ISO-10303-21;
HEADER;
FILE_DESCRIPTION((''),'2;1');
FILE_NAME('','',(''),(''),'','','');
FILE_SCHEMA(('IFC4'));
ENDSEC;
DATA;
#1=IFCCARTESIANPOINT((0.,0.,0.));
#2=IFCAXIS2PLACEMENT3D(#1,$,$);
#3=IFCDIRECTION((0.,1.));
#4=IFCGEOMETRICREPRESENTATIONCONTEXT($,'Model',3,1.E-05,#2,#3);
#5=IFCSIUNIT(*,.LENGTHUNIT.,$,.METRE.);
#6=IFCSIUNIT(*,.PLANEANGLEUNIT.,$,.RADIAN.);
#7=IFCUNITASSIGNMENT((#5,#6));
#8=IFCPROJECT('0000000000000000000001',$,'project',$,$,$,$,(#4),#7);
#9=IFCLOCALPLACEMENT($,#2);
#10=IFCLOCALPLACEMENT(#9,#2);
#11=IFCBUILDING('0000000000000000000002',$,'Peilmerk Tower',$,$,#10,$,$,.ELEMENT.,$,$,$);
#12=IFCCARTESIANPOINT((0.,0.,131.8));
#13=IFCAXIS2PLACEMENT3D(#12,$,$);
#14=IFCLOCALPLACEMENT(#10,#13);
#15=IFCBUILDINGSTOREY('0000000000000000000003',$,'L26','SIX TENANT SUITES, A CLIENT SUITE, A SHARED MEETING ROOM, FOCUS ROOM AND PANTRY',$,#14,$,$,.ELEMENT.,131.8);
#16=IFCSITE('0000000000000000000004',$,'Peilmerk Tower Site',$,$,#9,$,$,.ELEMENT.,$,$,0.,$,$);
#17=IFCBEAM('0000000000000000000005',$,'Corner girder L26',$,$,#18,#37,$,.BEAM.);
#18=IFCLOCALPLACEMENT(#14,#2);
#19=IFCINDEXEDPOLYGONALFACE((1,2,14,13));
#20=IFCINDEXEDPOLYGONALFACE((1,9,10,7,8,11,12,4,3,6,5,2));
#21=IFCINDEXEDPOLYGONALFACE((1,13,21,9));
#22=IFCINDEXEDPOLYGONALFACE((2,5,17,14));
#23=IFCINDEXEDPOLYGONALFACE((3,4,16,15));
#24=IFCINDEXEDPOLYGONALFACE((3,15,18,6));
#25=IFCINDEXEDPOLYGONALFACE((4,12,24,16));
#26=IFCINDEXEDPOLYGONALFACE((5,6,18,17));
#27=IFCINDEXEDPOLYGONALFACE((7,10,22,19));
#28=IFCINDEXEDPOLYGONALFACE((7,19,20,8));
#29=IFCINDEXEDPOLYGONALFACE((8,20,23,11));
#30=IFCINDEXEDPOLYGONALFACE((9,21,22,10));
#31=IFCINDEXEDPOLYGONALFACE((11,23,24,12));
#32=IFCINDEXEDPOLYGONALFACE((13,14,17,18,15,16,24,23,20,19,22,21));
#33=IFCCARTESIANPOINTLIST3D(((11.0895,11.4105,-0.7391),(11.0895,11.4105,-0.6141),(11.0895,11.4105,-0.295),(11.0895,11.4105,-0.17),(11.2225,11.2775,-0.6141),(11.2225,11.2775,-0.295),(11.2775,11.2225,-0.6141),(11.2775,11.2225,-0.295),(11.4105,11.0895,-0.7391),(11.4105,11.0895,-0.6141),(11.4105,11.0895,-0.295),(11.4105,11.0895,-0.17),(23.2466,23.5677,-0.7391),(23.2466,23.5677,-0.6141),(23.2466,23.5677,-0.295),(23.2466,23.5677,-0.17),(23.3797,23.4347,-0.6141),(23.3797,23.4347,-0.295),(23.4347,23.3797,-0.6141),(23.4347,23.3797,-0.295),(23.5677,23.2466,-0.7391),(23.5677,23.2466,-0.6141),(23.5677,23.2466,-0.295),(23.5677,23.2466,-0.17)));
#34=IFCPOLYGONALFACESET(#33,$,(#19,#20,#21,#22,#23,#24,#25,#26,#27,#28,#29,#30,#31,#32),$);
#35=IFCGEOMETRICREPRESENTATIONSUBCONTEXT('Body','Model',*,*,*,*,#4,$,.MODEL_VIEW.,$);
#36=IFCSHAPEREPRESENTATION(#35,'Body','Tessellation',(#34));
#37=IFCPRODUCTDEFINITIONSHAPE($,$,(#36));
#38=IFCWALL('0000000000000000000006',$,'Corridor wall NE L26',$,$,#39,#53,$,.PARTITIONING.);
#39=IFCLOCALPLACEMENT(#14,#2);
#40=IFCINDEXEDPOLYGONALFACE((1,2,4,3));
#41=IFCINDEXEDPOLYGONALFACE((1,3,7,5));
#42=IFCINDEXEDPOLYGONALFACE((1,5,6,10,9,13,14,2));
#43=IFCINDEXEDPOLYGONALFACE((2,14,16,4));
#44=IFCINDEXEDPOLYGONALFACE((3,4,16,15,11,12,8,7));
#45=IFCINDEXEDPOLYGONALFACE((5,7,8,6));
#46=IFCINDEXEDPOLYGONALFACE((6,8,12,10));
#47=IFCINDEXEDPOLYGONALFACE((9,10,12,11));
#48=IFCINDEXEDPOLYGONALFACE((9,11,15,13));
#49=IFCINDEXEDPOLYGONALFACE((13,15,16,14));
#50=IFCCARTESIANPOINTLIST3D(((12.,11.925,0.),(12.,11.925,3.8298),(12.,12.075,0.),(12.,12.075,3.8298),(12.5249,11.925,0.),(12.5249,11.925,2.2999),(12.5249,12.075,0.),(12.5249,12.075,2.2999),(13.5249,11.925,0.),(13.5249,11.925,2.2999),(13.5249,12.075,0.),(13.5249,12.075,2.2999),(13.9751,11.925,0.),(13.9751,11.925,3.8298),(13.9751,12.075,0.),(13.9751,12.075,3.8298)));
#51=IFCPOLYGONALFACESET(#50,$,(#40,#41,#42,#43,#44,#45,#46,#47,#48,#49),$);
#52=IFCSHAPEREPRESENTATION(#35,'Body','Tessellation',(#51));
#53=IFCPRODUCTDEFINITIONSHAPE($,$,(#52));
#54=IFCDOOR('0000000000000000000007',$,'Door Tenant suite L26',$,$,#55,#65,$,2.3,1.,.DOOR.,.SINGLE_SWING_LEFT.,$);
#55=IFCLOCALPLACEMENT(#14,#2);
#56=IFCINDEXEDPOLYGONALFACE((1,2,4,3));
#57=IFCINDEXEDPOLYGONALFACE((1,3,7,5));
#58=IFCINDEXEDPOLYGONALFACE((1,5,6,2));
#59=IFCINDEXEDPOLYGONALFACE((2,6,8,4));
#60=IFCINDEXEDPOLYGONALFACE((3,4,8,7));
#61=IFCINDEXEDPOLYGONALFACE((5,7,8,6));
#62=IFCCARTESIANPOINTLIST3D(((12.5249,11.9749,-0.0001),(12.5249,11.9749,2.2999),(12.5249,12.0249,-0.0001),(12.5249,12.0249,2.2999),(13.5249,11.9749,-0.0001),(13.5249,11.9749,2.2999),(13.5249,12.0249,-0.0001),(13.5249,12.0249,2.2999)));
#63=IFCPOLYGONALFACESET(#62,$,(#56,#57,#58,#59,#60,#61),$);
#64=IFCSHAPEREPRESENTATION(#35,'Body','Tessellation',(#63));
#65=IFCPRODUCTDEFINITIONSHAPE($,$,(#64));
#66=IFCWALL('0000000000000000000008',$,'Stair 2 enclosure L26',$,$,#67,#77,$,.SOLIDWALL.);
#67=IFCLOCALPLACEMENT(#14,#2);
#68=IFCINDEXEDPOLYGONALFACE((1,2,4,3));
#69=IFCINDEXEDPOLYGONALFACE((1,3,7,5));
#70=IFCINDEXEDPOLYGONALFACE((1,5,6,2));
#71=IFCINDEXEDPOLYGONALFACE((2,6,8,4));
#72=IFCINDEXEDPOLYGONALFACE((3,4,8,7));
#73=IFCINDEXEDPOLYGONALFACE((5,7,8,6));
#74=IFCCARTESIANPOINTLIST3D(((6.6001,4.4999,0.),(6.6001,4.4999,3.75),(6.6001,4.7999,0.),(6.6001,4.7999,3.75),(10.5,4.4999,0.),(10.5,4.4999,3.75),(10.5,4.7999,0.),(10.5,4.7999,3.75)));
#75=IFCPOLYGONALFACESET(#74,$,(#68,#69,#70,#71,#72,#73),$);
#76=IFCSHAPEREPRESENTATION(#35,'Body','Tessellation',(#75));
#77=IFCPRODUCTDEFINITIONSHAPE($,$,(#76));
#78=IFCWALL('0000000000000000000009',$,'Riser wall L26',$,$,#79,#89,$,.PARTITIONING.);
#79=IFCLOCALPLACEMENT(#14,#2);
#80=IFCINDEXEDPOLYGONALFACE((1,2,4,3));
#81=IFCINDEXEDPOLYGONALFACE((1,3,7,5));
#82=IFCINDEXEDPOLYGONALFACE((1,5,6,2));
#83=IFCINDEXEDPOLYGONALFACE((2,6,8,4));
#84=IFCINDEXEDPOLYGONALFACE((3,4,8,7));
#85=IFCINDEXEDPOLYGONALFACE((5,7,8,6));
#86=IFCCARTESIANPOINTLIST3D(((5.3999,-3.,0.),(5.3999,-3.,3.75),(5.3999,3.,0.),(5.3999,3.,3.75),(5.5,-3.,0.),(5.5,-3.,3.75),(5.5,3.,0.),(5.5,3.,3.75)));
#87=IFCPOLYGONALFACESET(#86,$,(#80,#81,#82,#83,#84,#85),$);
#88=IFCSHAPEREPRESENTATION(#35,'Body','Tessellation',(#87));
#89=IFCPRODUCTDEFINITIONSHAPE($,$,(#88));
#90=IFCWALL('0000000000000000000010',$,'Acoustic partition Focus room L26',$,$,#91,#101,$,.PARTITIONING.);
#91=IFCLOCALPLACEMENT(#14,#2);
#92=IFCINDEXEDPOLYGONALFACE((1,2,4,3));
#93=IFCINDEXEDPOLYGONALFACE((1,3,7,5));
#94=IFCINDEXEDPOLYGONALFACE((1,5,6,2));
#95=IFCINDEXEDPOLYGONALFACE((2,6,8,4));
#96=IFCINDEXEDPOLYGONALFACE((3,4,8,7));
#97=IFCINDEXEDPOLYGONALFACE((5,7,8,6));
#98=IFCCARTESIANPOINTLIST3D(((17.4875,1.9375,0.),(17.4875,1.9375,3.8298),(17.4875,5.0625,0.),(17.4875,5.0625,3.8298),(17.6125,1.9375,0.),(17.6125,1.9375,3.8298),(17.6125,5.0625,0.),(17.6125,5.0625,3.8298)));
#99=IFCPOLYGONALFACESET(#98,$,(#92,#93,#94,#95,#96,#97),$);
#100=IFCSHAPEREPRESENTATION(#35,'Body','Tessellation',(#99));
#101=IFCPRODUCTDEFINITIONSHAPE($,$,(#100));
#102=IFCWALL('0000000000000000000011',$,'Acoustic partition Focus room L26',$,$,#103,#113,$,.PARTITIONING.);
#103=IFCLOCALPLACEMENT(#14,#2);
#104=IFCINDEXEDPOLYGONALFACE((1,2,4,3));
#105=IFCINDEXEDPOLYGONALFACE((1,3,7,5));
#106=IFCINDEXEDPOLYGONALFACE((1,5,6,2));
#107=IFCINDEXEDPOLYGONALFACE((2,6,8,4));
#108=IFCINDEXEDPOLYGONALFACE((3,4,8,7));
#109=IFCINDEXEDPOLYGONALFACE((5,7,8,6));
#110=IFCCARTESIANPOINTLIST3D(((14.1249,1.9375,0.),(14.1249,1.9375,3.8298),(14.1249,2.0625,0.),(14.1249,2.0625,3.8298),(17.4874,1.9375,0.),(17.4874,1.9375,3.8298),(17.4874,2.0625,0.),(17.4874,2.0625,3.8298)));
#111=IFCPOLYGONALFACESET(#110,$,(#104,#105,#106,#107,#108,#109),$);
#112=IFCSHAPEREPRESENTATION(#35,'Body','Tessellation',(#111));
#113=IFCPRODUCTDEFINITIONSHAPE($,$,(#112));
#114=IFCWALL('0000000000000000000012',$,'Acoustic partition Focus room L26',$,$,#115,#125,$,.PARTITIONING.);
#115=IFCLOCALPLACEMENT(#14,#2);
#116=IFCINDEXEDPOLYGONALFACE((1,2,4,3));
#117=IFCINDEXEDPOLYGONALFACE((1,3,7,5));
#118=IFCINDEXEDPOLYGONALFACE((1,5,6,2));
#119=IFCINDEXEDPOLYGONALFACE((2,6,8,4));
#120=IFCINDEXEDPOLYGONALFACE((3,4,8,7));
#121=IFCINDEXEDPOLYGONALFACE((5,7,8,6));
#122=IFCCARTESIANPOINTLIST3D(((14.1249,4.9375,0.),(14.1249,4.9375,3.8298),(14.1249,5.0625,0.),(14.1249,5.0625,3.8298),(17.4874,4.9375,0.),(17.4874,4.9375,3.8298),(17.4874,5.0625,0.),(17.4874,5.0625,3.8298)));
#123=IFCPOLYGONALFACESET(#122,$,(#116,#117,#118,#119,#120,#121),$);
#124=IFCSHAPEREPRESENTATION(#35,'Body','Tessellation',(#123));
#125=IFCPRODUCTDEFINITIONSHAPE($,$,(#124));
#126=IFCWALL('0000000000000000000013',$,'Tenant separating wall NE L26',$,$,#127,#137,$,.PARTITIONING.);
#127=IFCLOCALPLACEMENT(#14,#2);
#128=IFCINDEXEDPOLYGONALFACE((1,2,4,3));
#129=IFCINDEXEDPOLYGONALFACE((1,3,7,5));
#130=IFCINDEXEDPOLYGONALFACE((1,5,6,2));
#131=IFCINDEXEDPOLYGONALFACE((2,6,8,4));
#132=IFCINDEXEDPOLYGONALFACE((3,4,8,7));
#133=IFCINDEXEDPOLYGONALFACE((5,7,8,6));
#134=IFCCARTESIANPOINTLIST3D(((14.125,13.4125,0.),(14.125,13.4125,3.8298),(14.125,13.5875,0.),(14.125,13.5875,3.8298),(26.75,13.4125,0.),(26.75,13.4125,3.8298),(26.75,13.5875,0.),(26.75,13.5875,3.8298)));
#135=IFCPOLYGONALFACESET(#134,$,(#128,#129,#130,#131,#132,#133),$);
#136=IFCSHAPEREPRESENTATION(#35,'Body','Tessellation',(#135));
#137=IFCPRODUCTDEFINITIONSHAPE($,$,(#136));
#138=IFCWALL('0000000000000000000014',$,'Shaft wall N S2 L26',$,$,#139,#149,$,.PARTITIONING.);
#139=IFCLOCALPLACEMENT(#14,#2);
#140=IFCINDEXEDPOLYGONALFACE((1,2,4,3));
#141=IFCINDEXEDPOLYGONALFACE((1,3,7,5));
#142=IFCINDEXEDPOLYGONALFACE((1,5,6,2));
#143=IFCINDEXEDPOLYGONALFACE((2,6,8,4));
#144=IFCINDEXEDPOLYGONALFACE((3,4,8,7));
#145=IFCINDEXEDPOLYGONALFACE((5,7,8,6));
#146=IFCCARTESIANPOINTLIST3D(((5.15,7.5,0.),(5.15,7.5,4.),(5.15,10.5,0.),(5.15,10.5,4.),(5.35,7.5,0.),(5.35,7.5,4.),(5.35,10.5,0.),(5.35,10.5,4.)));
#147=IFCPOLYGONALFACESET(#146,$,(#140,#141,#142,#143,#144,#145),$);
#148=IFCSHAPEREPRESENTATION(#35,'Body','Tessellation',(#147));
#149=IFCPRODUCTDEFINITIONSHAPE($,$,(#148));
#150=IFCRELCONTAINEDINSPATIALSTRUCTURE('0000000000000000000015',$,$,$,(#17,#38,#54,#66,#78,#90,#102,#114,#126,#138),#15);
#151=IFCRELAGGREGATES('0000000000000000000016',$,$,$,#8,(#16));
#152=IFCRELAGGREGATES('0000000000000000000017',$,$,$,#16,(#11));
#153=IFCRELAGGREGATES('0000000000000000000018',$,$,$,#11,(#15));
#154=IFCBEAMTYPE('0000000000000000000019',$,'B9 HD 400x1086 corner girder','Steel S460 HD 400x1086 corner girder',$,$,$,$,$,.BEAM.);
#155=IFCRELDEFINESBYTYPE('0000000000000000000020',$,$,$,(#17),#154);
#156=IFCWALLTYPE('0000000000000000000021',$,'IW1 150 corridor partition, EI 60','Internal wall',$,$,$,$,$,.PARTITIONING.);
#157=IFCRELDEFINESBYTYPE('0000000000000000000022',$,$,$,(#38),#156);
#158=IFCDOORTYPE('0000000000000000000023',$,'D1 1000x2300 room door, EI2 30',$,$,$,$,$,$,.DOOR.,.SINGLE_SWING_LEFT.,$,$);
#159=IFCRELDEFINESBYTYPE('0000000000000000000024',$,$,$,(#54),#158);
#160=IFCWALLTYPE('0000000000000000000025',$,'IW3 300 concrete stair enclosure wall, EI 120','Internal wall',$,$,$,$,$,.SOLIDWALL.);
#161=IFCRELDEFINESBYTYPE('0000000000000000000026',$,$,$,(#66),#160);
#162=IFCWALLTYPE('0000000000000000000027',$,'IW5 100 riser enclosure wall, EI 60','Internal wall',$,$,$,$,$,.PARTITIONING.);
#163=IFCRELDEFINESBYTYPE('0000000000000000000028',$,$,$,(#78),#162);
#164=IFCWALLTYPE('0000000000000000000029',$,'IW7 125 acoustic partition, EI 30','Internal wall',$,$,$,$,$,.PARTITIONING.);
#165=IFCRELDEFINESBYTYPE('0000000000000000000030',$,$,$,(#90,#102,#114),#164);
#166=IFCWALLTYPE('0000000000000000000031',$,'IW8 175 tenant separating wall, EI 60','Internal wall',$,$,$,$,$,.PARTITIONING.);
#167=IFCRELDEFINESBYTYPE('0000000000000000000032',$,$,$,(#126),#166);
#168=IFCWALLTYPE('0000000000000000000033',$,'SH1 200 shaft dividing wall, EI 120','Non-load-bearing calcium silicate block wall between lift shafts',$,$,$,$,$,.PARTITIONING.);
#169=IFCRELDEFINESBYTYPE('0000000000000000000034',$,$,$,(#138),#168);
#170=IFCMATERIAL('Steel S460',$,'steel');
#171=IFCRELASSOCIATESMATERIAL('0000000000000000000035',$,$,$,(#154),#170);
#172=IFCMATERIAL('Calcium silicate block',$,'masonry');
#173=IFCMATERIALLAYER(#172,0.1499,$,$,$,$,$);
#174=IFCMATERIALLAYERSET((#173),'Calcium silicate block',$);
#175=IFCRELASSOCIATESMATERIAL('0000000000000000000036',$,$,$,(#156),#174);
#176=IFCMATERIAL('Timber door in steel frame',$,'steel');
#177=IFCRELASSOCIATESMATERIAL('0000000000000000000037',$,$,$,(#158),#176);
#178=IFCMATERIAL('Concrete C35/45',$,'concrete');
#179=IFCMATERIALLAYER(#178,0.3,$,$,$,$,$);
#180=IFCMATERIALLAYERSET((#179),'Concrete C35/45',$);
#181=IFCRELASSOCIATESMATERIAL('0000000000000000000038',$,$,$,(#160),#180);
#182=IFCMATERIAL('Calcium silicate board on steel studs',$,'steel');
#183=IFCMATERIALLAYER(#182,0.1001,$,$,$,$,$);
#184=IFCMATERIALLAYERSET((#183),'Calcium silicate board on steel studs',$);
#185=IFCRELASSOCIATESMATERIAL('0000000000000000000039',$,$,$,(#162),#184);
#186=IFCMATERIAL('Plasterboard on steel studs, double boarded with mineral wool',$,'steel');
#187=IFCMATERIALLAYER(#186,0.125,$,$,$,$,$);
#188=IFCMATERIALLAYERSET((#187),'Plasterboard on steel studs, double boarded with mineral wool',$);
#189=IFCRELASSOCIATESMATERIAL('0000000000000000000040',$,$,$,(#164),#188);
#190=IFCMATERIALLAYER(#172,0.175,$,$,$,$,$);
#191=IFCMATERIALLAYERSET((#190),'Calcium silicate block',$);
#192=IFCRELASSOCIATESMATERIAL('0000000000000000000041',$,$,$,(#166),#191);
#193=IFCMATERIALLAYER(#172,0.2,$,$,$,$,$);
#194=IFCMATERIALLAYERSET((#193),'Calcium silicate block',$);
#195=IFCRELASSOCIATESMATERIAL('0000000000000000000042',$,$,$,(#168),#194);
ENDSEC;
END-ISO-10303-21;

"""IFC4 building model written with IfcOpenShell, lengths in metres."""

from ifc_helpers import new_model, si_unit, direction, frame, frame_2d, origin, origin_2d, place, context, subcontext, project, spatial, rectangle, i_section, extrude, material, layer, layer_set, material_profile, profile_set, type_object, element, fill, save


model = new_model("IFC4")

# Units and contexts
model_context = context("Model", 3, precision=1e-05, world=origin(), true_north=direction((0.0, 1.0)))
body_context = subcontext(model_context, "Body", "Model", "MODEL_VIEW")
ifc_project = project(units=[si_unit("LENGTHUNIT", "METRE"), si_unit("PLANEANGLEUNIT", "RADIAN")], contexts=[model_context])

# Site, building, storey
site_placement = place(None, origin())
site = spatial("IfcSite", under=ifc_project, at=site_placement, Name="Peilmerk Tower Site", CompositionType="ELEMENT", RefElevation=0.0)
building_placement = place(site_placement, origin())
building = spatial("IfcBuilding", under=site, at=building_placement, Name="Peilmerk Tower", CompositionType="ELEMENT")
storey_placement = place(building_placement, frame((0.0, 0.0, 131.8)))
storey = spatial("IfcBuildingStorey", under=building, at=storey_placement, Name="L26", Description="SIX TENANT SUITES, A CLIENT SUITE, A SHARED MEETING ROOM, FOCUS ROOM AND PANTRY", CompositionType="ELEMENT", Elevation=131.8)

# Beam
ifc_material_1 = material(Name="Steel S460", Category="steel")
ifc_material_profile_1 = material_profile(ifc_material_1, i_section(OverallWidth=0.4541, OverallDepth=0.5691, WebThickness=0.0779, FlangeThickness=0.125, at=origin_2d()), Name="HD 400x1086")
ifc_profile_set_1 = profile_set([ifc_material_profile_1], Name="Steel S460")
beam_type_1 = type_object("IfcBeamType", Name="B9 HD 400x1086 corner girder", Description="Steel S460 HD 400x1086 corner girder", PredefinedType="BEAM", material=ifc_profile_set_1)
beam_placement = place(storey_placement, frame((11.25, 11.25, -0.4546), z_axis=(0.707107, 0.707107, 0.0), x_axis=(-0.707107, 0.707107, 0.0)))
element("IfcBeam", 1, at=beam_placement, inside=storey, type_object=beam_type_1, Name="Corner girder L26", PredefinedType="BEAM", context=body_context, shape_type="SweptSolid", body=[
    extrude(i_section(OverallWidth=0.4541, OverallDepth=0.5691, WebThickness=0.0779, FlangeThickness=0.125, at=origin_2d()), origin(), (0.0, 0.0, 1.0), 17.1929),
])

# Wall, opening, door
ifc_material_2 = material(Name="Calcium silicate block", Category="masonry")
ifc_layer_1 = layer(ifc_material_2, 0.1499)
ifc_layer_set_1 = layer_set([ifc_layer_1], Name="Calcium silicate block")
wall_type_1 = type_object("IfcWallType", Name="IW1 150 corridor partition, EI 60", Description="Internal wall", PredefinedType="PARTITIONING", material=ifc_layer_set_1)
wall_1_placement = place(storey_placement, frame((12.0, 12.0, 0.0), z_axis=(0.0, 0.0, 1.0), x_axis=(1.0, 0.0, 0.0)))
wall_1 = element("IfcWall", 2, at=wall_1_placement, inside=storey, type_object=wall_type_1, Name="Corridor wall NE L26", PredefinedType="PARTITIONING", context=body_context, shape_type="SweptSolid", body=[
    extrude(rectangle(XDim=1.9751, YDim=0.1499, at=frame_2d((0.9875, 0.0))), origin(), (0.0, 0.0, 1.0), 3.8298),
])
opening_1_placement = place(wall_1_placement, frame((0.5249, 0.0, 0.0)))
opening_1 = element("IfcOpeningElement", 3, at=opening_1_placement, cuts=wall_1, PredefinedType="OPENING", context=body_context, shape_type="SweptSolid", body=[
    extrude(rectangle(XDim=1.0, YDim=2.3, at=frame_2d((0.5, 1.1499))), frame((0.0, 0.085, 0.0), z_axis=(0.0, -1.0, 0.0), x_axis=(1.0, 0.0, 0.0)), (0.0, 0.0, 1.0), 0.1699),
])
ifc_material_3 = material(Name="Timber door in steel frame", Category="steel")
door_type_1 = type_object("IfcDoorType", Name="D1 1000x2300 room door, EI2 30", OperationType="SINGLE_SWING_LEFT", PredefinedType="DOOR", material=ifc_material_3)
door_1_placement = place(opening_1_placement, origin())
door_1 = element("IfcDoor", 4, at=door_1_placement, inside=storey, type_object=door_type_1, Name="Door Tenant suite L26", OperationType="SINGLE_SWING_LEFT", OverallHeight=2.3, OverallWidth=1.0, PredefinedType="DOOR", context=body_context, shape_type="SweptSolid", body=[
    extrude(rectangle(XDim=1.0, YDim=2.3, at=frame_2d((0.5, 1.1499))), frame((0.0, 0.0249, 0.0), z_axis=(0.0, -1.0, 0.0), x_axis=(1.0, 0.0, 0.0)), (0.0, 0.0, 1.0), 0.05),
])
fill(opening_1, door_1)

# Walls
ifc_material_4 = material(Name="Concrete C35/45", Category="concrete")
ifc_layer_2 = layer(ifc_material_4, 0.3)
ifc_layer_set_2 = layer_set([ifc_layer_2], Name="Concrete C35/45")
wall_type_2 = type_object("IfcWallType", Name="IW3 300 concrete stair enclosure wall, EI 120", Description="Internal wall", PredefinedType="SOLIDWALL", material=ifc_layer_set_2)
wall_2_placement = place(storey_placement, frame((6.6001, 4.6499, 0.0), z_axis=(0.0, 0.0, 1.0), x_axis=(1.0, 0.0, 0.0)))
element("IfcWall", 5, at=wall_2_placement, inside=storey, type_object=wall_type_2, Name="Stair 2 enclosure L26", PredefinedType="SOLIDWALL", context=body_context, shape_type="SweptSolid", body=[
    extrude(rectangle(XDim=3.8999, YDim=0.3, at=frame_2d((1.95, 0.0))), origin(), (0.0, 0.0, 1.0), 3.75),
])
ifc_material_5 = material(Name="Calcium silicate board on steel studs", Category="steel")
ifc_layer_3 = layer(ifc_material_5, 0.1001)
ifc_layer_set_3 = layer_set([ifc_layer_3], Name="Calcium silicate board on steel studs")
wall_type_3 = type_object("IfcWallType", Name="IW5 100 riser enclosure wall, EI 60", Description="Internal wall", PredefinedType="PARTITIONING", material=ifc_layer_set_3)
wall_3_placement = place(storey_placement, frame((5.45, 3.0, 0.0), z_axis=(0.0, 0.0, 1.0), x_axis=(0.0, -1.0, 0.0)))
element("IfcWall", 6, at=wall_3_placement, inside=storey, type_object=wall_type_3, Name="Riser wall L26", PredefinedType="PARTITIONING", context=body_context, shape_type="SweptSolid", body=[
    extrude(rectangle(XDim=6.0, YDim=0.1001, at=frame_2d((3.0, 0.0))), origin(), (0.0, 0.0, 1.0), 3.75),
])
ifc_material_6 = material(Name="Plasterboard on steel studs, double boarded with mineral wool", Category="steel")
ifc_layer_4 = layer(ifc_material_6, 0.125)
ifc_layer_set_4 = layer_set([ifc_layer_4], Name="Plasterboard on steel studs, double boarded with mineral wool")
wall_type_4 = type_object("IfcWallType", Name="IW7 125 acoustic partition, EI 30", Description="Internal wall", PredefinedType="PARTITIONING", material=ifc_layer_set_4)
wall_4_placement = place(storey_placement, frame((17.55, 1.9375, 0.0), z_axis=(0.0, 0.0, 1.0), x_axis=(0.0, 1.0, 0.0)))
element("IfcWall", 7, at=wall_4_placement, inside=storey, type_object=wall_type_4, Name="Acoustic partition Focus room L26", PredefinedType="PARTITIONING", context=body_context, shape_type="SweptSolid", body=[
    extrude(rectangle(XDim=3.125, YDim=0.125, at=frame_2d((1.5625, 0.0))), origin(), (0.0, 0.0, 1.0), 3.8298),
])
for number, where, z_axis, x_axis, name in (
    (8, (14.125, 2.0, 0.0), (0.0, 0.0, 1.0), (1.0, 0.0, 0.0), "Acoustic partition Focus room L26"),
    (9, (14.125, 5.0, 0.0), (0.0, 0.0, 1.0), (1.0, 0.0, 0.0), "Acoustic partition Focus room L26"),
):
    element("IfcWall", number, at=place(storey_placement, frame(where, z_axis=z_axis, x_axis=x_axis)), inside=storey, type_object=wall_type_4, Name=name, PredefinedType="PARTITIONING", context=body_context, shape_type="SweptSolid", body=[
        extrude(rectangle(XDim=3.3625, YDim=0.125, at=frame_2d((1.6812, 0.0))), origin(), (0.0, 0.0, 1.0), 3.8298),
    ])
ifc_layer_5 = layer(ifc_material_2, 0.175)
ifc_layer_set_5 = layer_set([ifc_layer_5], Name="Calcium silicate block")
wall_type_5 = type_object("IfcWallType", Name="IW8 175 tenant separating wall, EI 60", Description="Internal wall", PredefinedType="PARTITIONING", material=ifc_layer_set_5)
wall_5_placement = place(storey_placement, frame((14.125, 13.5, 0.0), z_axis=(0.0, 0.0, 1.0), x_axis=(1.0, 0.0, 0.0)))
element("IfcWall", 10, at=wall_5_placement, inside=storey, type_object=wall_type_5, Name="Tenant separating wall NE L26", PredefinedType="PARTITIONING", context=body_context, shape_type="SweptSolid", body=[
    extrude(rectangle(XDim=12.625, YDim=0.175, at=frame_2d((6.3125, 0.0))), origin(), (0.0, 0.0, 1.0), 3.8298),
])
ifc_layer_6 = layer(ifc_material_2, 0.2)
ifc_layer_set_6 = layer_set([ifc_layer_6], Name="Calcium silicate block")
wall_type_6 = type_object("IfcWallType", Name="SH1 200 shaft dividing wall, EI 120", Description="Non-load-bearing calcium silicate block wall between lift shafts", PredefinedType="PARTITIONING", material=ifc_layer_set_6)
wall_6_placement = place(storey_placement, frame((5.25, 7.5, 0.0), z_axis=(0.0, 0.0, 1.0), x_axis=(0.0, 1.0, 0.0)))
element("IfcWall", 11, at=wall_6_placement, inside=storey, type_object=wall_type_6, Name="Shaft wall N S2 L26", PredefinedType="PARTITIONING", context=body_context, shape_type="SweptSolid", body=[
    extrude(rectangle(XDim=3.0, YDim=0.2, at=frame_2d((1.5, 0.0))), origin(), (0.0, 0.0, 1.0), 4.0),
])

save(model, "model.ifc")
